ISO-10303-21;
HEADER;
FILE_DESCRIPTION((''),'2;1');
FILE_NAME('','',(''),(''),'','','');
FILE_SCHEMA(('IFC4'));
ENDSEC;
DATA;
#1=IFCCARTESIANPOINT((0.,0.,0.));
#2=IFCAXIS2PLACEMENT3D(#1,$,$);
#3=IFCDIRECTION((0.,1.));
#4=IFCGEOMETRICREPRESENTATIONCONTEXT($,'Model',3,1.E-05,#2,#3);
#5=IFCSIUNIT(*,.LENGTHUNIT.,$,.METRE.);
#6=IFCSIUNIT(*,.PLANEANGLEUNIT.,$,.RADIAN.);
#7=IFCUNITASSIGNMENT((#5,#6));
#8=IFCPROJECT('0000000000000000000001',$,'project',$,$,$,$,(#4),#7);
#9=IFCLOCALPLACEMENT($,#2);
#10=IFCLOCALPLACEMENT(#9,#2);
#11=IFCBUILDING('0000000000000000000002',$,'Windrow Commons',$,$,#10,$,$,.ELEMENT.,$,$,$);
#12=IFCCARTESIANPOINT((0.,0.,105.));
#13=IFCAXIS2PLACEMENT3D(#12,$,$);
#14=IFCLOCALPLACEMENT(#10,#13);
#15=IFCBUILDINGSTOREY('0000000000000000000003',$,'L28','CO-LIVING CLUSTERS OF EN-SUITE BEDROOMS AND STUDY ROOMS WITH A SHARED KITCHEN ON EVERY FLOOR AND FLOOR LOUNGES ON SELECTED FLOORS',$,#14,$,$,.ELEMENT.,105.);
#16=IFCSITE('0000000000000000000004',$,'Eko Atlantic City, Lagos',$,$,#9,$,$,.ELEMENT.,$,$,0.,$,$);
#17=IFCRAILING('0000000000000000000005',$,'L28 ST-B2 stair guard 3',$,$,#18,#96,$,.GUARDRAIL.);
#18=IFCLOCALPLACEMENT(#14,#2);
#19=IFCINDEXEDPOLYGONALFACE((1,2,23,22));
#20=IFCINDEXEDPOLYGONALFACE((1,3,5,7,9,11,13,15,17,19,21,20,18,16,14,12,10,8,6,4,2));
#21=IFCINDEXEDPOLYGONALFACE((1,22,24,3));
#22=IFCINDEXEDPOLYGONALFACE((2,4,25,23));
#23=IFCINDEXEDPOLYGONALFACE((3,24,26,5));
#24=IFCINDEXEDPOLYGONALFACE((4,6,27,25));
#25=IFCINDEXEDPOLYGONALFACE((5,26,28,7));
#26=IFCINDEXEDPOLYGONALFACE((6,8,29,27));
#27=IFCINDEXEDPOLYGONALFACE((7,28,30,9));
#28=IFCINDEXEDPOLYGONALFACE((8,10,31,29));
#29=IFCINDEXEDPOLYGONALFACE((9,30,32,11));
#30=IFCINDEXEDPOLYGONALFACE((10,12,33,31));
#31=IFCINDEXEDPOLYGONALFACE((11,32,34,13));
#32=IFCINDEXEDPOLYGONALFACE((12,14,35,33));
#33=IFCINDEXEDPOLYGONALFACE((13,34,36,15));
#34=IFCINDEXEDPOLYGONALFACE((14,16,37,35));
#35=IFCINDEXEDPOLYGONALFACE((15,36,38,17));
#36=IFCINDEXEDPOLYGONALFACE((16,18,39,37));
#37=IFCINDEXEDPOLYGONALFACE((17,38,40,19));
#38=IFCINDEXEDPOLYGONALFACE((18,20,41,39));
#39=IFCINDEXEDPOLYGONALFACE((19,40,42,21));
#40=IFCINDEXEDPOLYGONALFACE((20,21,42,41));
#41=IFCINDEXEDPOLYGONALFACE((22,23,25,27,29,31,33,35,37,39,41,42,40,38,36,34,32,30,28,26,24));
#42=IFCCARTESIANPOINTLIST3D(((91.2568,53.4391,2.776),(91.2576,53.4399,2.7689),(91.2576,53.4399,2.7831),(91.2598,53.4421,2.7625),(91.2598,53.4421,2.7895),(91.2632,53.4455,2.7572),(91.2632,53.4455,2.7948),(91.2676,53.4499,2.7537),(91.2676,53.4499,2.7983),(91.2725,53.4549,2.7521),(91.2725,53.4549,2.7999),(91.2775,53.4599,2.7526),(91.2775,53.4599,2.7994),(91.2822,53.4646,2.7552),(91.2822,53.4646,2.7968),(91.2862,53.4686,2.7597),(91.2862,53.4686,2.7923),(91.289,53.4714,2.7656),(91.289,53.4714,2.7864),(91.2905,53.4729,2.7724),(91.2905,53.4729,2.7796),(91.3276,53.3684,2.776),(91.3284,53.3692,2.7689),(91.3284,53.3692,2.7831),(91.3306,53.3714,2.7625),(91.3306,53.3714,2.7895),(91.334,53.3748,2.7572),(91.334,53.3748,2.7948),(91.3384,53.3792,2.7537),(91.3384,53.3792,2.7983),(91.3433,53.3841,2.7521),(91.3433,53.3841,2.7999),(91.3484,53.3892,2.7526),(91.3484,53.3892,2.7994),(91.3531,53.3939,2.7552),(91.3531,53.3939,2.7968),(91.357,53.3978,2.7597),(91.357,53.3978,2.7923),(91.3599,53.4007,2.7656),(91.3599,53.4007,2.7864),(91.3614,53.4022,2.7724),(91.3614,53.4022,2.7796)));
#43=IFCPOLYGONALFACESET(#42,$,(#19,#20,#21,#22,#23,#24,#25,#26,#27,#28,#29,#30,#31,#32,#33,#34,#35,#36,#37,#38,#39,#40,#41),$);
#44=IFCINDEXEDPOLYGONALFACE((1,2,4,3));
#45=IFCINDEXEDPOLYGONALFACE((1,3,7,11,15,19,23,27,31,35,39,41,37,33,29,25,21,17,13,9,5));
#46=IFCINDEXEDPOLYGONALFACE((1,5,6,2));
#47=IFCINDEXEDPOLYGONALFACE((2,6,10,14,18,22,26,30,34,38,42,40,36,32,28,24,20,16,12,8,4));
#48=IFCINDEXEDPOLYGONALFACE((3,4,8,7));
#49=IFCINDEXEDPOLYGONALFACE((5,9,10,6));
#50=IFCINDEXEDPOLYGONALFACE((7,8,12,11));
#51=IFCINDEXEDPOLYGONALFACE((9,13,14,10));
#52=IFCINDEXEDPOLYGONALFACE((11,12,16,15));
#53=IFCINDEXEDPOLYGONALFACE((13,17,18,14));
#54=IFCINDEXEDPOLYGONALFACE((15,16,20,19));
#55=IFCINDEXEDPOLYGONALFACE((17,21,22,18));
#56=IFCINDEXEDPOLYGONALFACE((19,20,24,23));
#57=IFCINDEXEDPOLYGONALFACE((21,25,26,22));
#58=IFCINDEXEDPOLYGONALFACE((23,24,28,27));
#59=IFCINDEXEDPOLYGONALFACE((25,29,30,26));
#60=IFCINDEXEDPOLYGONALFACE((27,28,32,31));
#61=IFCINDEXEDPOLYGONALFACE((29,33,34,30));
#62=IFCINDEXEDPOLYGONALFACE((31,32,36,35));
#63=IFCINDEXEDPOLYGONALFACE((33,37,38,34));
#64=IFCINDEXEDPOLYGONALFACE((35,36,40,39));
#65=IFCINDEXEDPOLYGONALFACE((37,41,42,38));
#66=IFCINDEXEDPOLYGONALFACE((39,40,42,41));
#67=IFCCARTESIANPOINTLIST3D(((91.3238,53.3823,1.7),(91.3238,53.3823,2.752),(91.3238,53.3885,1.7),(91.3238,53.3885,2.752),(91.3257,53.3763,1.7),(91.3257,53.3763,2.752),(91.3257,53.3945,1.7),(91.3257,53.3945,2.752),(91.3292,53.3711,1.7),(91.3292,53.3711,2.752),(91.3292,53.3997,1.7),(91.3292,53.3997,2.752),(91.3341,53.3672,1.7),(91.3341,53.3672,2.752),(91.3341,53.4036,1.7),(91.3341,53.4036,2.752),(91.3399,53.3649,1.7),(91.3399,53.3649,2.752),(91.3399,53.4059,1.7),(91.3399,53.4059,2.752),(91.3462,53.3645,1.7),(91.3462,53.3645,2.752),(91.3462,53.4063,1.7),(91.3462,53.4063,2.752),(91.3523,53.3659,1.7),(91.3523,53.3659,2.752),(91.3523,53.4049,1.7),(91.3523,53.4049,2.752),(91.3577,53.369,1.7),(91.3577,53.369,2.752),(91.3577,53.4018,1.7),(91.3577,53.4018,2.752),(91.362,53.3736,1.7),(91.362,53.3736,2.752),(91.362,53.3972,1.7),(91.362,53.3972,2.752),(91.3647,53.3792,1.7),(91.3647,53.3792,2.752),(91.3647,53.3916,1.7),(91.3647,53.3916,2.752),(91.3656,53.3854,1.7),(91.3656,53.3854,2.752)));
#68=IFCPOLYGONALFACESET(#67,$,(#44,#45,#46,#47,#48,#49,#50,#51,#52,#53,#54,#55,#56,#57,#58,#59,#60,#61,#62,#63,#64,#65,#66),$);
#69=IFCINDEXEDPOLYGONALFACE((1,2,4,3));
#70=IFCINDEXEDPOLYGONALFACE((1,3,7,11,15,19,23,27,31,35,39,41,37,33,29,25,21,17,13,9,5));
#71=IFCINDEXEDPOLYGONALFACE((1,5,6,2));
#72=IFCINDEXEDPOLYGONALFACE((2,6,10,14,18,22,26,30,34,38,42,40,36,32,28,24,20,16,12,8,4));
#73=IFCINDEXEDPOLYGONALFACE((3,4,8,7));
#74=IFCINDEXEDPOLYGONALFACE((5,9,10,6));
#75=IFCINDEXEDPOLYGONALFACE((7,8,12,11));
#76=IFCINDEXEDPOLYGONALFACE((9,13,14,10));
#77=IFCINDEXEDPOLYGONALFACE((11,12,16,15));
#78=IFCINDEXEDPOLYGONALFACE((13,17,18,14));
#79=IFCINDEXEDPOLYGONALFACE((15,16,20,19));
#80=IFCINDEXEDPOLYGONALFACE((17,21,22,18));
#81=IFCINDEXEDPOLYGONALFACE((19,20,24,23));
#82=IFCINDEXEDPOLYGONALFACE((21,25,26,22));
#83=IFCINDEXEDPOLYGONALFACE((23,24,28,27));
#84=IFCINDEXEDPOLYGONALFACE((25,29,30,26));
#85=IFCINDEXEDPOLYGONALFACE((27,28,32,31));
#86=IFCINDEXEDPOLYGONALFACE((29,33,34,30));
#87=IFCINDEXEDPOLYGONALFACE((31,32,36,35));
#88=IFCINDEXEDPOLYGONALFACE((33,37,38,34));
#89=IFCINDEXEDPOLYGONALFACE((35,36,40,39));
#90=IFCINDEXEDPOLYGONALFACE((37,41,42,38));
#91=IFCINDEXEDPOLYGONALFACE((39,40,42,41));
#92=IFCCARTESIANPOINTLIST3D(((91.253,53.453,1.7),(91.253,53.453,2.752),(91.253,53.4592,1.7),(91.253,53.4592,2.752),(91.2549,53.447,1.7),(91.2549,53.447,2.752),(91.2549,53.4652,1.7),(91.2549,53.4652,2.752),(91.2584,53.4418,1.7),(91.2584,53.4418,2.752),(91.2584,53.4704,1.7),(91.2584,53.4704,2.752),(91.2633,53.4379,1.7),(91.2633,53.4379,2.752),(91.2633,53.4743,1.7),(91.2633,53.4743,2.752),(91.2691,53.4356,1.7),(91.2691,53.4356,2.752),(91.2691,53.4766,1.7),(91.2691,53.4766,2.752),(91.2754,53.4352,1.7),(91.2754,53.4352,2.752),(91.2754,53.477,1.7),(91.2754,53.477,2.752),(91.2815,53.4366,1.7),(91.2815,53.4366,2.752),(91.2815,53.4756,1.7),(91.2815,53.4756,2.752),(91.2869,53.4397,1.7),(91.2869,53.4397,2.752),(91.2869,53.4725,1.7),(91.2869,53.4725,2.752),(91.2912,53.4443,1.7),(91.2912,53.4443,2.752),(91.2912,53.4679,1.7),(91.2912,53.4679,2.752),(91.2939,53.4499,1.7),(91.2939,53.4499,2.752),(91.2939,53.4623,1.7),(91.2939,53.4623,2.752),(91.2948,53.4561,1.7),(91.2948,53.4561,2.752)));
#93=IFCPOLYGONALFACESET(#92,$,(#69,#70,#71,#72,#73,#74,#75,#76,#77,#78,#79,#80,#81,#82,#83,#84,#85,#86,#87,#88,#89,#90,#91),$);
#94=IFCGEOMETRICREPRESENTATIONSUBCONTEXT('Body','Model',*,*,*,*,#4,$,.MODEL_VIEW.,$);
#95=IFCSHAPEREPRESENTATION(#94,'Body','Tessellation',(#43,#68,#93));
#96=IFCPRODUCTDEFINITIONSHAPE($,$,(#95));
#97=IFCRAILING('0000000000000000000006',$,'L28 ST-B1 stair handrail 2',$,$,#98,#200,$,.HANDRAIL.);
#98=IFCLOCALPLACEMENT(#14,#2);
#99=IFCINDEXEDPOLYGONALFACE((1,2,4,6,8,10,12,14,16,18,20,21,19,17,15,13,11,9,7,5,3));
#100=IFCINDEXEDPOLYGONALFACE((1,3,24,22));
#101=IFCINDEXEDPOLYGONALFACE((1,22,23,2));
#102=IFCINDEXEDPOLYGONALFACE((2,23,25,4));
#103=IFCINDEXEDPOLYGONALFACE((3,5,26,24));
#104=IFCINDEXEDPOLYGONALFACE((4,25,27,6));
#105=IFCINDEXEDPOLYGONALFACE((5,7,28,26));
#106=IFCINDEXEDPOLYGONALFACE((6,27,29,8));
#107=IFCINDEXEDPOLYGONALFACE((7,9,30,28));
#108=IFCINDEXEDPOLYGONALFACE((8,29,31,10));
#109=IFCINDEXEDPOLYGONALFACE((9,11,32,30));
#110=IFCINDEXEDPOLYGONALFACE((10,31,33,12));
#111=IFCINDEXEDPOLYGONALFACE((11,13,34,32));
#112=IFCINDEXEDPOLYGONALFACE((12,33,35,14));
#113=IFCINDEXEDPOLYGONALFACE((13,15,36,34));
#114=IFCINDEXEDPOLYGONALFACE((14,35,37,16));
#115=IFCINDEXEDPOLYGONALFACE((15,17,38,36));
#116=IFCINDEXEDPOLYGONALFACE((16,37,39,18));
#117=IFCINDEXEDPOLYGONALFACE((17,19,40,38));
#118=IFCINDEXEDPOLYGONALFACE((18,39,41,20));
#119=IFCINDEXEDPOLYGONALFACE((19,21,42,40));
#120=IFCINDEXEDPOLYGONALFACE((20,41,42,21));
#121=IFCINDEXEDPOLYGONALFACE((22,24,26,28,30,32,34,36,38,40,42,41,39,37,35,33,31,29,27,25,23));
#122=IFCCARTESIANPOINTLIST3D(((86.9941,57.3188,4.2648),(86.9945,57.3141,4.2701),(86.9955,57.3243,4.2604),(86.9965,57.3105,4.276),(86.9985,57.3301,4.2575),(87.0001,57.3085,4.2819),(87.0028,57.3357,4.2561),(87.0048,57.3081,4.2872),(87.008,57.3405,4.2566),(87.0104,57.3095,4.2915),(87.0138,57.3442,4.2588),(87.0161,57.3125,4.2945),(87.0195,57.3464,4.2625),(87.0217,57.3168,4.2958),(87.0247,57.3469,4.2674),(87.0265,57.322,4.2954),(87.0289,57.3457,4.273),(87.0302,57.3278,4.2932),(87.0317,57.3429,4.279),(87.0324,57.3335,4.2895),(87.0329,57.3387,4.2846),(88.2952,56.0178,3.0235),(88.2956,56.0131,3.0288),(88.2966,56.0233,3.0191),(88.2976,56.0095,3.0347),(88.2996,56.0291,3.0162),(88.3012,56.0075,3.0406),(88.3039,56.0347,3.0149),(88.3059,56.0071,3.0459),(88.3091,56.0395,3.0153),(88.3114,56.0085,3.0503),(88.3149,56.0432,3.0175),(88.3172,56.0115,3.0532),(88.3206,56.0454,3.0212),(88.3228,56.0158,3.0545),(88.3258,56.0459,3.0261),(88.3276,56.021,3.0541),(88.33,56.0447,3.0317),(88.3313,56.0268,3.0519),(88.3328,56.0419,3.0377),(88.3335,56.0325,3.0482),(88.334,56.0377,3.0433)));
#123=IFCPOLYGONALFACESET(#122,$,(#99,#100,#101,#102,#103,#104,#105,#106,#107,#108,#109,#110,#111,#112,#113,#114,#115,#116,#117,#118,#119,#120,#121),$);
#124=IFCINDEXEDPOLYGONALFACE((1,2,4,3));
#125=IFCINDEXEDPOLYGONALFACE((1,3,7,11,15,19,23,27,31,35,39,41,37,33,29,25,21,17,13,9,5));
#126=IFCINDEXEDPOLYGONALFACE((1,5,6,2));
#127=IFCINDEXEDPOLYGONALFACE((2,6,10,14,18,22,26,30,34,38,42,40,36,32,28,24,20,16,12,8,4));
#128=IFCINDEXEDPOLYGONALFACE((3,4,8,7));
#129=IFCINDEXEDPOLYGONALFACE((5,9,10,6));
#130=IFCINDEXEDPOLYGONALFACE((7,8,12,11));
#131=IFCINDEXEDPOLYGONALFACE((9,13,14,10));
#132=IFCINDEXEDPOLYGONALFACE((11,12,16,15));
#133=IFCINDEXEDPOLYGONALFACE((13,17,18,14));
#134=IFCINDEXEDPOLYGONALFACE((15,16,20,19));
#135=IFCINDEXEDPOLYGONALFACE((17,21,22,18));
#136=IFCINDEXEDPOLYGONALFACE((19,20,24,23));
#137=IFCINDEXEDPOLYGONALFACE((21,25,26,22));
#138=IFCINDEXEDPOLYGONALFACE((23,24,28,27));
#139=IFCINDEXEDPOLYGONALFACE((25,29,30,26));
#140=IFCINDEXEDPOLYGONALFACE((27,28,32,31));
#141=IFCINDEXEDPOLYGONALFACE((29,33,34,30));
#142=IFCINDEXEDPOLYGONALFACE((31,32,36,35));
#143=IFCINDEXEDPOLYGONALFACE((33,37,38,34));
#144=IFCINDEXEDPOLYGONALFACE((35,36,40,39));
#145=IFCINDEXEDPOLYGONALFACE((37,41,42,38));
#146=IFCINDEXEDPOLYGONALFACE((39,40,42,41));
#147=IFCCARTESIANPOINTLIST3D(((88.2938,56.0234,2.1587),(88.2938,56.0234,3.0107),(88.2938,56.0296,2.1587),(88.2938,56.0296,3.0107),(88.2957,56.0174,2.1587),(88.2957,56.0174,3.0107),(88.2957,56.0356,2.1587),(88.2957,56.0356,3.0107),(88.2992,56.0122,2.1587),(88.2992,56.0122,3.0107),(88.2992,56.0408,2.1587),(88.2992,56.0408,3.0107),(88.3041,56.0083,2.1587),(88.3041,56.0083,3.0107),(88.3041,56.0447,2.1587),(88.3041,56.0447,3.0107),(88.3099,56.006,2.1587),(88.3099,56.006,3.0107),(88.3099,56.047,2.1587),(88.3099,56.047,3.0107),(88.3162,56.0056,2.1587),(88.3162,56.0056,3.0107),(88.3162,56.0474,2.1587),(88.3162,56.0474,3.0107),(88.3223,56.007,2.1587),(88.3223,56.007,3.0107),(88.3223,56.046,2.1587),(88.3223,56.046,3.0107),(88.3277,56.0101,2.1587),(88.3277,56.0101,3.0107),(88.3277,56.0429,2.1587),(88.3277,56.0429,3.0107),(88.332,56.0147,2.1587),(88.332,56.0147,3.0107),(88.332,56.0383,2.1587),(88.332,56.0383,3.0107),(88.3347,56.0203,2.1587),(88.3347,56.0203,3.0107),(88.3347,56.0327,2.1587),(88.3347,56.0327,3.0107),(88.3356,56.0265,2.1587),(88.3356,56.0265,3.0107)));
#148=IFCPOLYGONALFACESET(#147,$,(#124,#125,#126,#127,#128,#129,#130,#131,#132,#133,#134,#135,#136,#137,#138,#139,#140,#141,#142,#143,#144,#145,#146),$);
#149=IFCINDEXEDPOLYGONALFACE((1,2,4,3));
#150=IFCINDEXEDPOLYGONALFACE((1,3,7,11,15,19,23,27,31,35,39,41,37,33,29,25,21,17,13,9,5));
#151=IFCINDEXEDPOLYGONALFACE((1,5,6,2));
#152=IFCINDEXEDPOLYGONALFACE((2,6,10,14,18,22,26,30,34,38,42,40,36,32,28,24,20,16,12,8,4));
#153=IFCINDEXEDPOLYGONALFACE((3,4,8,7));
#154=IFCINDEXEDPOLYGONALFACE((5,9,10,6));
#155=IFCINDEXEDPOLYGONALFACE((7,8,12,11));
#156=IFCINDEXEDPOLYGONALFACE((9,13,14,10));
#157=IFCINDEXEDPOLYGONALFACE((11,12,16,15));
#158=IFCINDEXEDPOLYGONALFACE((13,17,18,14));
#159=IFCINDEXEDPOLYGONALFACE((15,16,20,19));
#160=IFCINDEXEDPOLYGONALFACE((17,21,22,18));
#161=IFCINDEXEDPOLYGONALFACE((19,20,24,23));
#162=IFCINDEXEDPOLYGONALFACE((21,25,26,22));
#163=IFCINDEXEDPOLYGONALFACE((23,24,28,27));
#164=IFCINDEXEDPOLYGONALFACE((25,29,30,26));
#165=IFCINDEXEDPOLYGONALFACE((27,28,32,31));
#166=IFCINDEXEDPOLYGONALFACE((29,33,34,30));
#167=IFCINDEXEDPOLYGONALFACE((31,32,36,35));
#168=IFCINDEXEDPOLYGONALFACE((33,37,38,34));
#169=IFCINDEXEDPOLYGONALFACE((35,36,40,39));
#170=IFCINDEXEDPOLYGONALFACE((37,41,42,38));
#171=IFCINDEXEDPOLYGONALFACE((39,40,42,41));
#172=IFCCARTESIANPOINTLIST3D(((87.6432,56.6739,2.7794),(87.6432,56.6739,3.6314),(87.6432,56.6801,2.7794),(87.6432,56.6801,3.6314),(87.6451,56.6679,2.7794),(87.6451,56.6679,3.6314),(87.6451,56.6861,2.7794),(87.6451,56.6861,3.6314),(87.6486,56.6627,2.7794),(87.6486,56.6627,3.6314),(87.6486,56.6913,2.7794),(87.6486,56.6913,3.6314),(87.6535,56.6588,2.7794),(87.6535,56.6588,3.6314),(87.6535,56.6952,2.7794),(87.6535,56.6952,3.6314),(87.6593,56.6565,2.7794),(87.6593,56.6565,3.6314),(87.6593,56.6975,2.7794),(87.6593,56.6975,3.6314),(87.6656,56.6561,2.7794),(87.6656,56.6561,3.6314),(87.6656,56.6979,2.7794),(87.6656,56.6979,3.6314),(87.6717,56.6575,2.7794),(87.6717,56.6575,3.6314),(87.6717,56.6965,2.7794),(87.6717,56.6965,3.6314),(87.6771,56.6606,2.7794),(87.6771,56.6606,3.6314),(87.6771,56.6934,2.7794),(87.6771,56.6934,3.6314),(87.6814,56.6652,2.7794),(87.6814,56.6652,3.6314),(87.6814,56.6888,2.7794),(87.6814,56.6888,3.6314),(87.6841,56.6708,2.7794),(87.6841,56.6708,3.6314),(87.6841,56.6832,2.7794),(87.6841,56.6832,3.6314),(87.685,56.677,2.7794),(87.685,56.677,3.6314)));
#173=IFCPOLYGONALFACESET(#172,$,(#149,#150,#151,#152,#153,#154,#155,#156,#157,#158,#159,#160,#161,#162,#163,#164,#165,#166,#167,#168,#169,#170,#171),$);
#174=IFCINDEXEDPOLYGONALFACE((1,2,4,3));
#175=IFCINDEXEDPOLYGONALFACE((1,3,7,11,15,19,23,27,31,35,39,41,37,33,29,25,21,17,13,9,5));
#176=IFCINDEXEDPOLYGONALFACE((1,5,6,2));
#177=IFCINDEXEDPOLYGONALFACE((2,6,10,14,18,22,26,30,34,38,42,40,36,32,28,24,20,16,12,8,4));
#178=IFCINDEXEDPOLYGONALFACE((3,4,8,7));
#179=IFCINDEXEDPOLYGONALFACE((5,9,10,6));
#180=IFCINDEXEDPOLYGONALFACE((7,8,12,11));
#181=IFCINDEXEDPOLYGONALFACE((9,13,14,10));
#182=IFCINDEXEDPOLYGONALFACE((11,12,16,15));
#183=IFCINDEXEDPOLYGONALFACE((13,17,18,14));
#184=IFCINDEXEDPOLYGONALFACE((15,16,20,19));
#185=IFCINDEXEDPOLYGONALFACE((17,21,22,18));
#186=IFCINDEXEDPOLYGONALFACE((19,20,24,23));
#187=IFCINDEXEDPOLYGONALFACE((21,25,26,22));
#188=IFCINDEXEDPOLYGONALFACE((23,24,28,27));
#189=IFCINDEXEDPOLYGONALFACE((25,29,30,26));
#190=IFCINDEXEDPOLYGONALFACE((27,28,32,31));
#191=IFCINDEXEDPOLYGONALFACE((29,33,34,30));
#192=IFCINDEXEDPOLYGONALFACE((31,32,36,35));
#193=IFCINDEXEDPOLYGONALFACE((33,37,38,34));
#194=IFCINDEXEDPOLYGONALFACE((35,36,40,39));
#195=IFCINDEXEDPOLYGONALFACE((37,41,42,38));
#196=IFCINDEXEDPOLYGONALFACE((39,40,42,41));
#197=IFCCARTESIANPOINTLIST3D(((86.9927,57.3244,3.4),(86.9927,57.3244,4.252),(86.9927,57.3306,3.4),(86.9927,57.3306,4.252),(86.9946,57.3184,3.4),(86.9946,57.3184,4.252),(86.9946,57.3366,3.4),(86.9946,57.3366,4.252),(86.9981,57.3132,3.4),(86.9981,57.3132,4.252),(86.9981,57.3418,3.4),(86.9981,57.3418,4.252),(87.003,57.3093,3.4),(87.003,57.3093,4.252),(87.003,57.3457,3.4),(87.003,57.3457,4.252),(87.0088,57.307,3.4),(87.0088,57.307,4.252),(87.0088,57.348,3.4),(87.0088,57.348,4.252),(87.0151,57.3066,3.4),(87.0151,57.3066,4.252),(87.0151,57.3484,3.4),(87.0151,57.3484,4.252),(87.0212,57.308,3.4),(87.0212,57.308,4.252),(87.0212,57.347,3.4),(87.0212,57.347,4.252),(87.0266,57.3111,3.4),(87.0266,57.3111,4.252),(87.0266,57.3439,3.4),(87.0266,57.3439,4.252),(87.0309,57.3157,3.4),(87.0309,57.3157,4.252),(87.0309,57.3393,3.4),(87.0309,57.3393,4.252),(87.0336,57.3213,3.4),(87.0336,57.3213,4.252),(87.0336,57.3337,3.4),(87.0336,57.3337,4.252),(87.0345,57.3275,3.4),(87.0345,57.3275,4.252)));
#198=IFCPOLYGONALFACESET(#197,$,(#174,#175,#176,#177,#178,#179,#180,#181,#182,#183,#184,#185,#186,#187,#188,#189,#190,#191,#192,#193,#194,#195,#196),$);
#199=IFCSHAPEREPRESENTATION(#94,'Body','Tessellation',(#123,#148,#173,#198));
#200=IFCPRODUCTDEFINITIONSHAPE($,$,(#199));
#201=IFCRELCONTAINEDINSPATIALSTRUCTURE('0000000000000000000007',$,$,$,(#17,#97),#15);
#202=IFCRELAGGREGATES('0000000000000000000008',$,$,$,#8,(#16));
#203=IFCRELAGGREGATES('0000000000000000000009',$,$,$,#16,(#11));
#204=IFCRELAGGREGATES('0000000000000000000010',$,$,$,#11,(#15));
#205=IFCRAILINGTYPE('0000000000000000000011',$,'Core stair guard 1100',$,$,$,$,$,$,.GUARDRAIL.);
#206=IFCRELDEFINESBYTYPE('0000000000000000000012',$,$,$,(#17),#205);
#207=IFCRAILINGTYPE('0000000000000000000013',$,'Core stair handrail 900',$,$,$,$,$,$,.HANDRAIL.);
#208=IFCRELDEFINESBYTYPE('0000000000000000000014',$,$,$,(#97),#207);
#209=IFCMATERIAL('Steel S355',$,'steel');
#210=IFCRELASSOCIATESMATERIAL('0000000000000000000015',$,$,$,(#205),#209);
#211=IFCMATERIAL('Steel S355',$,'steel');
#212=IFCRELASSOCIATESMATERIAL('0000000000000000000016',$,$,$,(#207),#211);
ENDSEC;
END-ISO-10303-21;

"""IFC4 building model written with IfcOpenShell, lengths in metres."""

from ifc_helpers import new_model, si_unit, direction, frame, origin, origin_2d, place, context, subcontext, project, spatial, circle, extrude, material, type_object, element, save


model = new_model("IFC4")

# Units and contexts
model_context = context("Model", 3, precision=1e-05, world=origin(), true_north=direction((0.0, 1.0)))
body_context = subcontext(model_context, "Body", "Model", "MODEL_VIEW")
ifc_project = project(units=[si_unit("LENGTHUNIT", "METRE"), si_unit("PLANEANGLEUNIT", "RADIAN")], contexts=[model_context])

# Site, building, storey
site_placement = place(None, origin())
site = spatial("IfcSite", under=ifc_project, at=site_placement, Name="Eko Atlantic City, Lagos", CompositionType="ELEMENT", RefElevation=0.0)
building_placement = place(site_placement, origin())
building = spatial("IfcBuilding", under=site, at=building_placement, Name="Windrow Commons", CompositionType="ELEMENT")
storey_placement = place(building_placement, frame((0.0, 0.0, 105.0)))
storey = spatial("IfcBuildingStorey", under=building, at=storey_placement, Name="L28", Description="CO-LIVING CLUSTERS OF EN-SUITE BEDROOMS AND STUDY ROOMS WITH A SHARED KITCHEN ON EVERY FLOOR AND FLOOR LOUNGES ON SELECTED FLOORS", CompositionType="ELEMENT", Elevation=105.0)

# Railings
ifc_material_1 = material(Name="Steel S355", Category="steel")
railing_type_1 = type_object("IfcRailingType", Name="Core stair guard 1100", PredefinedType="GUARDRAIL", material=ifc_material_1)
railing_1_placement = place(storey_placement, frame((91.3446, 53.3854, 1.7)))
element("IfcRailing", 1, at=railing_1_placement, inside=storey, type_object=railing_type_1, Name="L28 ST-B2 stair guard 3", PredefinedType="GUARDRAIL", context=body_context, shape_type="SweptSolid", body=[
    extrude(circle(Radius=0.024, at=origin_2d()), frame((0.0, 0.0, 1.076), z_axis=(-0.707606, 0.706607, 0.0), x_axis=(-0.706607, -0.707606, 0.0)), (0.0, 0.0, 1.0), 0.1001),
    extrude(circle(Radius=0.021, at=origin_2d()), origin(), (0.0, 0.0, 1.0), 1.052),
    extrude(circle(Radius=0.021, at=origin_2d()), frame((-0.0708, 0.0707, 0.0)), (0.0, 0.0, 1.0), 1.052),
])
ifc_material_2 = material(Name="Steel S355", Category="steel")
railing_type_2 = type_object("IfcRailingType", Name="Core stair handrail 900", PredefinedType="HANDRAIL", material=ifc_material_2)
railing_2_placement = place(storey_placement, frame((88.3146, 56.0265, 2.1587)))
element("IfcRailing", 2, at=railing_2_placement, inside=storey, type_object=railing_type_2, Name="L28 ST-B1 stair handrail 2", PredefinedType="HANDRAIL", context=body_context, shape_type="SweptSolid", body=[
    extrude(circle(Radius=0.024, at=origin_2d()), frame((0.0, 0.0, 0.876), z_axis=(-0.586207, 0.586162, 0.559264), x_axis=(-0.70708, -0.707134, 0.0)), (0.0, 0.0, 1.0), 2.2195),
    extrude(circle(Radius=0.021, at=origin_2d()), origin(), (0.0, 0.0, 1.0), 0.852),
    extrude(circle(Radius=0.021, at=origin_2d()), frame((-0.6506, 0.6505, 0.6207)), (0.0, 0.0, 1.0), 0.852),
    extrude(circle(Radius=0.021, at=origin_2d()), frame((-1.3011, 1.301, 1.2413)), (0.0, 0.0, 1.0), 0.852),
])

save(model, "model.ifc")
